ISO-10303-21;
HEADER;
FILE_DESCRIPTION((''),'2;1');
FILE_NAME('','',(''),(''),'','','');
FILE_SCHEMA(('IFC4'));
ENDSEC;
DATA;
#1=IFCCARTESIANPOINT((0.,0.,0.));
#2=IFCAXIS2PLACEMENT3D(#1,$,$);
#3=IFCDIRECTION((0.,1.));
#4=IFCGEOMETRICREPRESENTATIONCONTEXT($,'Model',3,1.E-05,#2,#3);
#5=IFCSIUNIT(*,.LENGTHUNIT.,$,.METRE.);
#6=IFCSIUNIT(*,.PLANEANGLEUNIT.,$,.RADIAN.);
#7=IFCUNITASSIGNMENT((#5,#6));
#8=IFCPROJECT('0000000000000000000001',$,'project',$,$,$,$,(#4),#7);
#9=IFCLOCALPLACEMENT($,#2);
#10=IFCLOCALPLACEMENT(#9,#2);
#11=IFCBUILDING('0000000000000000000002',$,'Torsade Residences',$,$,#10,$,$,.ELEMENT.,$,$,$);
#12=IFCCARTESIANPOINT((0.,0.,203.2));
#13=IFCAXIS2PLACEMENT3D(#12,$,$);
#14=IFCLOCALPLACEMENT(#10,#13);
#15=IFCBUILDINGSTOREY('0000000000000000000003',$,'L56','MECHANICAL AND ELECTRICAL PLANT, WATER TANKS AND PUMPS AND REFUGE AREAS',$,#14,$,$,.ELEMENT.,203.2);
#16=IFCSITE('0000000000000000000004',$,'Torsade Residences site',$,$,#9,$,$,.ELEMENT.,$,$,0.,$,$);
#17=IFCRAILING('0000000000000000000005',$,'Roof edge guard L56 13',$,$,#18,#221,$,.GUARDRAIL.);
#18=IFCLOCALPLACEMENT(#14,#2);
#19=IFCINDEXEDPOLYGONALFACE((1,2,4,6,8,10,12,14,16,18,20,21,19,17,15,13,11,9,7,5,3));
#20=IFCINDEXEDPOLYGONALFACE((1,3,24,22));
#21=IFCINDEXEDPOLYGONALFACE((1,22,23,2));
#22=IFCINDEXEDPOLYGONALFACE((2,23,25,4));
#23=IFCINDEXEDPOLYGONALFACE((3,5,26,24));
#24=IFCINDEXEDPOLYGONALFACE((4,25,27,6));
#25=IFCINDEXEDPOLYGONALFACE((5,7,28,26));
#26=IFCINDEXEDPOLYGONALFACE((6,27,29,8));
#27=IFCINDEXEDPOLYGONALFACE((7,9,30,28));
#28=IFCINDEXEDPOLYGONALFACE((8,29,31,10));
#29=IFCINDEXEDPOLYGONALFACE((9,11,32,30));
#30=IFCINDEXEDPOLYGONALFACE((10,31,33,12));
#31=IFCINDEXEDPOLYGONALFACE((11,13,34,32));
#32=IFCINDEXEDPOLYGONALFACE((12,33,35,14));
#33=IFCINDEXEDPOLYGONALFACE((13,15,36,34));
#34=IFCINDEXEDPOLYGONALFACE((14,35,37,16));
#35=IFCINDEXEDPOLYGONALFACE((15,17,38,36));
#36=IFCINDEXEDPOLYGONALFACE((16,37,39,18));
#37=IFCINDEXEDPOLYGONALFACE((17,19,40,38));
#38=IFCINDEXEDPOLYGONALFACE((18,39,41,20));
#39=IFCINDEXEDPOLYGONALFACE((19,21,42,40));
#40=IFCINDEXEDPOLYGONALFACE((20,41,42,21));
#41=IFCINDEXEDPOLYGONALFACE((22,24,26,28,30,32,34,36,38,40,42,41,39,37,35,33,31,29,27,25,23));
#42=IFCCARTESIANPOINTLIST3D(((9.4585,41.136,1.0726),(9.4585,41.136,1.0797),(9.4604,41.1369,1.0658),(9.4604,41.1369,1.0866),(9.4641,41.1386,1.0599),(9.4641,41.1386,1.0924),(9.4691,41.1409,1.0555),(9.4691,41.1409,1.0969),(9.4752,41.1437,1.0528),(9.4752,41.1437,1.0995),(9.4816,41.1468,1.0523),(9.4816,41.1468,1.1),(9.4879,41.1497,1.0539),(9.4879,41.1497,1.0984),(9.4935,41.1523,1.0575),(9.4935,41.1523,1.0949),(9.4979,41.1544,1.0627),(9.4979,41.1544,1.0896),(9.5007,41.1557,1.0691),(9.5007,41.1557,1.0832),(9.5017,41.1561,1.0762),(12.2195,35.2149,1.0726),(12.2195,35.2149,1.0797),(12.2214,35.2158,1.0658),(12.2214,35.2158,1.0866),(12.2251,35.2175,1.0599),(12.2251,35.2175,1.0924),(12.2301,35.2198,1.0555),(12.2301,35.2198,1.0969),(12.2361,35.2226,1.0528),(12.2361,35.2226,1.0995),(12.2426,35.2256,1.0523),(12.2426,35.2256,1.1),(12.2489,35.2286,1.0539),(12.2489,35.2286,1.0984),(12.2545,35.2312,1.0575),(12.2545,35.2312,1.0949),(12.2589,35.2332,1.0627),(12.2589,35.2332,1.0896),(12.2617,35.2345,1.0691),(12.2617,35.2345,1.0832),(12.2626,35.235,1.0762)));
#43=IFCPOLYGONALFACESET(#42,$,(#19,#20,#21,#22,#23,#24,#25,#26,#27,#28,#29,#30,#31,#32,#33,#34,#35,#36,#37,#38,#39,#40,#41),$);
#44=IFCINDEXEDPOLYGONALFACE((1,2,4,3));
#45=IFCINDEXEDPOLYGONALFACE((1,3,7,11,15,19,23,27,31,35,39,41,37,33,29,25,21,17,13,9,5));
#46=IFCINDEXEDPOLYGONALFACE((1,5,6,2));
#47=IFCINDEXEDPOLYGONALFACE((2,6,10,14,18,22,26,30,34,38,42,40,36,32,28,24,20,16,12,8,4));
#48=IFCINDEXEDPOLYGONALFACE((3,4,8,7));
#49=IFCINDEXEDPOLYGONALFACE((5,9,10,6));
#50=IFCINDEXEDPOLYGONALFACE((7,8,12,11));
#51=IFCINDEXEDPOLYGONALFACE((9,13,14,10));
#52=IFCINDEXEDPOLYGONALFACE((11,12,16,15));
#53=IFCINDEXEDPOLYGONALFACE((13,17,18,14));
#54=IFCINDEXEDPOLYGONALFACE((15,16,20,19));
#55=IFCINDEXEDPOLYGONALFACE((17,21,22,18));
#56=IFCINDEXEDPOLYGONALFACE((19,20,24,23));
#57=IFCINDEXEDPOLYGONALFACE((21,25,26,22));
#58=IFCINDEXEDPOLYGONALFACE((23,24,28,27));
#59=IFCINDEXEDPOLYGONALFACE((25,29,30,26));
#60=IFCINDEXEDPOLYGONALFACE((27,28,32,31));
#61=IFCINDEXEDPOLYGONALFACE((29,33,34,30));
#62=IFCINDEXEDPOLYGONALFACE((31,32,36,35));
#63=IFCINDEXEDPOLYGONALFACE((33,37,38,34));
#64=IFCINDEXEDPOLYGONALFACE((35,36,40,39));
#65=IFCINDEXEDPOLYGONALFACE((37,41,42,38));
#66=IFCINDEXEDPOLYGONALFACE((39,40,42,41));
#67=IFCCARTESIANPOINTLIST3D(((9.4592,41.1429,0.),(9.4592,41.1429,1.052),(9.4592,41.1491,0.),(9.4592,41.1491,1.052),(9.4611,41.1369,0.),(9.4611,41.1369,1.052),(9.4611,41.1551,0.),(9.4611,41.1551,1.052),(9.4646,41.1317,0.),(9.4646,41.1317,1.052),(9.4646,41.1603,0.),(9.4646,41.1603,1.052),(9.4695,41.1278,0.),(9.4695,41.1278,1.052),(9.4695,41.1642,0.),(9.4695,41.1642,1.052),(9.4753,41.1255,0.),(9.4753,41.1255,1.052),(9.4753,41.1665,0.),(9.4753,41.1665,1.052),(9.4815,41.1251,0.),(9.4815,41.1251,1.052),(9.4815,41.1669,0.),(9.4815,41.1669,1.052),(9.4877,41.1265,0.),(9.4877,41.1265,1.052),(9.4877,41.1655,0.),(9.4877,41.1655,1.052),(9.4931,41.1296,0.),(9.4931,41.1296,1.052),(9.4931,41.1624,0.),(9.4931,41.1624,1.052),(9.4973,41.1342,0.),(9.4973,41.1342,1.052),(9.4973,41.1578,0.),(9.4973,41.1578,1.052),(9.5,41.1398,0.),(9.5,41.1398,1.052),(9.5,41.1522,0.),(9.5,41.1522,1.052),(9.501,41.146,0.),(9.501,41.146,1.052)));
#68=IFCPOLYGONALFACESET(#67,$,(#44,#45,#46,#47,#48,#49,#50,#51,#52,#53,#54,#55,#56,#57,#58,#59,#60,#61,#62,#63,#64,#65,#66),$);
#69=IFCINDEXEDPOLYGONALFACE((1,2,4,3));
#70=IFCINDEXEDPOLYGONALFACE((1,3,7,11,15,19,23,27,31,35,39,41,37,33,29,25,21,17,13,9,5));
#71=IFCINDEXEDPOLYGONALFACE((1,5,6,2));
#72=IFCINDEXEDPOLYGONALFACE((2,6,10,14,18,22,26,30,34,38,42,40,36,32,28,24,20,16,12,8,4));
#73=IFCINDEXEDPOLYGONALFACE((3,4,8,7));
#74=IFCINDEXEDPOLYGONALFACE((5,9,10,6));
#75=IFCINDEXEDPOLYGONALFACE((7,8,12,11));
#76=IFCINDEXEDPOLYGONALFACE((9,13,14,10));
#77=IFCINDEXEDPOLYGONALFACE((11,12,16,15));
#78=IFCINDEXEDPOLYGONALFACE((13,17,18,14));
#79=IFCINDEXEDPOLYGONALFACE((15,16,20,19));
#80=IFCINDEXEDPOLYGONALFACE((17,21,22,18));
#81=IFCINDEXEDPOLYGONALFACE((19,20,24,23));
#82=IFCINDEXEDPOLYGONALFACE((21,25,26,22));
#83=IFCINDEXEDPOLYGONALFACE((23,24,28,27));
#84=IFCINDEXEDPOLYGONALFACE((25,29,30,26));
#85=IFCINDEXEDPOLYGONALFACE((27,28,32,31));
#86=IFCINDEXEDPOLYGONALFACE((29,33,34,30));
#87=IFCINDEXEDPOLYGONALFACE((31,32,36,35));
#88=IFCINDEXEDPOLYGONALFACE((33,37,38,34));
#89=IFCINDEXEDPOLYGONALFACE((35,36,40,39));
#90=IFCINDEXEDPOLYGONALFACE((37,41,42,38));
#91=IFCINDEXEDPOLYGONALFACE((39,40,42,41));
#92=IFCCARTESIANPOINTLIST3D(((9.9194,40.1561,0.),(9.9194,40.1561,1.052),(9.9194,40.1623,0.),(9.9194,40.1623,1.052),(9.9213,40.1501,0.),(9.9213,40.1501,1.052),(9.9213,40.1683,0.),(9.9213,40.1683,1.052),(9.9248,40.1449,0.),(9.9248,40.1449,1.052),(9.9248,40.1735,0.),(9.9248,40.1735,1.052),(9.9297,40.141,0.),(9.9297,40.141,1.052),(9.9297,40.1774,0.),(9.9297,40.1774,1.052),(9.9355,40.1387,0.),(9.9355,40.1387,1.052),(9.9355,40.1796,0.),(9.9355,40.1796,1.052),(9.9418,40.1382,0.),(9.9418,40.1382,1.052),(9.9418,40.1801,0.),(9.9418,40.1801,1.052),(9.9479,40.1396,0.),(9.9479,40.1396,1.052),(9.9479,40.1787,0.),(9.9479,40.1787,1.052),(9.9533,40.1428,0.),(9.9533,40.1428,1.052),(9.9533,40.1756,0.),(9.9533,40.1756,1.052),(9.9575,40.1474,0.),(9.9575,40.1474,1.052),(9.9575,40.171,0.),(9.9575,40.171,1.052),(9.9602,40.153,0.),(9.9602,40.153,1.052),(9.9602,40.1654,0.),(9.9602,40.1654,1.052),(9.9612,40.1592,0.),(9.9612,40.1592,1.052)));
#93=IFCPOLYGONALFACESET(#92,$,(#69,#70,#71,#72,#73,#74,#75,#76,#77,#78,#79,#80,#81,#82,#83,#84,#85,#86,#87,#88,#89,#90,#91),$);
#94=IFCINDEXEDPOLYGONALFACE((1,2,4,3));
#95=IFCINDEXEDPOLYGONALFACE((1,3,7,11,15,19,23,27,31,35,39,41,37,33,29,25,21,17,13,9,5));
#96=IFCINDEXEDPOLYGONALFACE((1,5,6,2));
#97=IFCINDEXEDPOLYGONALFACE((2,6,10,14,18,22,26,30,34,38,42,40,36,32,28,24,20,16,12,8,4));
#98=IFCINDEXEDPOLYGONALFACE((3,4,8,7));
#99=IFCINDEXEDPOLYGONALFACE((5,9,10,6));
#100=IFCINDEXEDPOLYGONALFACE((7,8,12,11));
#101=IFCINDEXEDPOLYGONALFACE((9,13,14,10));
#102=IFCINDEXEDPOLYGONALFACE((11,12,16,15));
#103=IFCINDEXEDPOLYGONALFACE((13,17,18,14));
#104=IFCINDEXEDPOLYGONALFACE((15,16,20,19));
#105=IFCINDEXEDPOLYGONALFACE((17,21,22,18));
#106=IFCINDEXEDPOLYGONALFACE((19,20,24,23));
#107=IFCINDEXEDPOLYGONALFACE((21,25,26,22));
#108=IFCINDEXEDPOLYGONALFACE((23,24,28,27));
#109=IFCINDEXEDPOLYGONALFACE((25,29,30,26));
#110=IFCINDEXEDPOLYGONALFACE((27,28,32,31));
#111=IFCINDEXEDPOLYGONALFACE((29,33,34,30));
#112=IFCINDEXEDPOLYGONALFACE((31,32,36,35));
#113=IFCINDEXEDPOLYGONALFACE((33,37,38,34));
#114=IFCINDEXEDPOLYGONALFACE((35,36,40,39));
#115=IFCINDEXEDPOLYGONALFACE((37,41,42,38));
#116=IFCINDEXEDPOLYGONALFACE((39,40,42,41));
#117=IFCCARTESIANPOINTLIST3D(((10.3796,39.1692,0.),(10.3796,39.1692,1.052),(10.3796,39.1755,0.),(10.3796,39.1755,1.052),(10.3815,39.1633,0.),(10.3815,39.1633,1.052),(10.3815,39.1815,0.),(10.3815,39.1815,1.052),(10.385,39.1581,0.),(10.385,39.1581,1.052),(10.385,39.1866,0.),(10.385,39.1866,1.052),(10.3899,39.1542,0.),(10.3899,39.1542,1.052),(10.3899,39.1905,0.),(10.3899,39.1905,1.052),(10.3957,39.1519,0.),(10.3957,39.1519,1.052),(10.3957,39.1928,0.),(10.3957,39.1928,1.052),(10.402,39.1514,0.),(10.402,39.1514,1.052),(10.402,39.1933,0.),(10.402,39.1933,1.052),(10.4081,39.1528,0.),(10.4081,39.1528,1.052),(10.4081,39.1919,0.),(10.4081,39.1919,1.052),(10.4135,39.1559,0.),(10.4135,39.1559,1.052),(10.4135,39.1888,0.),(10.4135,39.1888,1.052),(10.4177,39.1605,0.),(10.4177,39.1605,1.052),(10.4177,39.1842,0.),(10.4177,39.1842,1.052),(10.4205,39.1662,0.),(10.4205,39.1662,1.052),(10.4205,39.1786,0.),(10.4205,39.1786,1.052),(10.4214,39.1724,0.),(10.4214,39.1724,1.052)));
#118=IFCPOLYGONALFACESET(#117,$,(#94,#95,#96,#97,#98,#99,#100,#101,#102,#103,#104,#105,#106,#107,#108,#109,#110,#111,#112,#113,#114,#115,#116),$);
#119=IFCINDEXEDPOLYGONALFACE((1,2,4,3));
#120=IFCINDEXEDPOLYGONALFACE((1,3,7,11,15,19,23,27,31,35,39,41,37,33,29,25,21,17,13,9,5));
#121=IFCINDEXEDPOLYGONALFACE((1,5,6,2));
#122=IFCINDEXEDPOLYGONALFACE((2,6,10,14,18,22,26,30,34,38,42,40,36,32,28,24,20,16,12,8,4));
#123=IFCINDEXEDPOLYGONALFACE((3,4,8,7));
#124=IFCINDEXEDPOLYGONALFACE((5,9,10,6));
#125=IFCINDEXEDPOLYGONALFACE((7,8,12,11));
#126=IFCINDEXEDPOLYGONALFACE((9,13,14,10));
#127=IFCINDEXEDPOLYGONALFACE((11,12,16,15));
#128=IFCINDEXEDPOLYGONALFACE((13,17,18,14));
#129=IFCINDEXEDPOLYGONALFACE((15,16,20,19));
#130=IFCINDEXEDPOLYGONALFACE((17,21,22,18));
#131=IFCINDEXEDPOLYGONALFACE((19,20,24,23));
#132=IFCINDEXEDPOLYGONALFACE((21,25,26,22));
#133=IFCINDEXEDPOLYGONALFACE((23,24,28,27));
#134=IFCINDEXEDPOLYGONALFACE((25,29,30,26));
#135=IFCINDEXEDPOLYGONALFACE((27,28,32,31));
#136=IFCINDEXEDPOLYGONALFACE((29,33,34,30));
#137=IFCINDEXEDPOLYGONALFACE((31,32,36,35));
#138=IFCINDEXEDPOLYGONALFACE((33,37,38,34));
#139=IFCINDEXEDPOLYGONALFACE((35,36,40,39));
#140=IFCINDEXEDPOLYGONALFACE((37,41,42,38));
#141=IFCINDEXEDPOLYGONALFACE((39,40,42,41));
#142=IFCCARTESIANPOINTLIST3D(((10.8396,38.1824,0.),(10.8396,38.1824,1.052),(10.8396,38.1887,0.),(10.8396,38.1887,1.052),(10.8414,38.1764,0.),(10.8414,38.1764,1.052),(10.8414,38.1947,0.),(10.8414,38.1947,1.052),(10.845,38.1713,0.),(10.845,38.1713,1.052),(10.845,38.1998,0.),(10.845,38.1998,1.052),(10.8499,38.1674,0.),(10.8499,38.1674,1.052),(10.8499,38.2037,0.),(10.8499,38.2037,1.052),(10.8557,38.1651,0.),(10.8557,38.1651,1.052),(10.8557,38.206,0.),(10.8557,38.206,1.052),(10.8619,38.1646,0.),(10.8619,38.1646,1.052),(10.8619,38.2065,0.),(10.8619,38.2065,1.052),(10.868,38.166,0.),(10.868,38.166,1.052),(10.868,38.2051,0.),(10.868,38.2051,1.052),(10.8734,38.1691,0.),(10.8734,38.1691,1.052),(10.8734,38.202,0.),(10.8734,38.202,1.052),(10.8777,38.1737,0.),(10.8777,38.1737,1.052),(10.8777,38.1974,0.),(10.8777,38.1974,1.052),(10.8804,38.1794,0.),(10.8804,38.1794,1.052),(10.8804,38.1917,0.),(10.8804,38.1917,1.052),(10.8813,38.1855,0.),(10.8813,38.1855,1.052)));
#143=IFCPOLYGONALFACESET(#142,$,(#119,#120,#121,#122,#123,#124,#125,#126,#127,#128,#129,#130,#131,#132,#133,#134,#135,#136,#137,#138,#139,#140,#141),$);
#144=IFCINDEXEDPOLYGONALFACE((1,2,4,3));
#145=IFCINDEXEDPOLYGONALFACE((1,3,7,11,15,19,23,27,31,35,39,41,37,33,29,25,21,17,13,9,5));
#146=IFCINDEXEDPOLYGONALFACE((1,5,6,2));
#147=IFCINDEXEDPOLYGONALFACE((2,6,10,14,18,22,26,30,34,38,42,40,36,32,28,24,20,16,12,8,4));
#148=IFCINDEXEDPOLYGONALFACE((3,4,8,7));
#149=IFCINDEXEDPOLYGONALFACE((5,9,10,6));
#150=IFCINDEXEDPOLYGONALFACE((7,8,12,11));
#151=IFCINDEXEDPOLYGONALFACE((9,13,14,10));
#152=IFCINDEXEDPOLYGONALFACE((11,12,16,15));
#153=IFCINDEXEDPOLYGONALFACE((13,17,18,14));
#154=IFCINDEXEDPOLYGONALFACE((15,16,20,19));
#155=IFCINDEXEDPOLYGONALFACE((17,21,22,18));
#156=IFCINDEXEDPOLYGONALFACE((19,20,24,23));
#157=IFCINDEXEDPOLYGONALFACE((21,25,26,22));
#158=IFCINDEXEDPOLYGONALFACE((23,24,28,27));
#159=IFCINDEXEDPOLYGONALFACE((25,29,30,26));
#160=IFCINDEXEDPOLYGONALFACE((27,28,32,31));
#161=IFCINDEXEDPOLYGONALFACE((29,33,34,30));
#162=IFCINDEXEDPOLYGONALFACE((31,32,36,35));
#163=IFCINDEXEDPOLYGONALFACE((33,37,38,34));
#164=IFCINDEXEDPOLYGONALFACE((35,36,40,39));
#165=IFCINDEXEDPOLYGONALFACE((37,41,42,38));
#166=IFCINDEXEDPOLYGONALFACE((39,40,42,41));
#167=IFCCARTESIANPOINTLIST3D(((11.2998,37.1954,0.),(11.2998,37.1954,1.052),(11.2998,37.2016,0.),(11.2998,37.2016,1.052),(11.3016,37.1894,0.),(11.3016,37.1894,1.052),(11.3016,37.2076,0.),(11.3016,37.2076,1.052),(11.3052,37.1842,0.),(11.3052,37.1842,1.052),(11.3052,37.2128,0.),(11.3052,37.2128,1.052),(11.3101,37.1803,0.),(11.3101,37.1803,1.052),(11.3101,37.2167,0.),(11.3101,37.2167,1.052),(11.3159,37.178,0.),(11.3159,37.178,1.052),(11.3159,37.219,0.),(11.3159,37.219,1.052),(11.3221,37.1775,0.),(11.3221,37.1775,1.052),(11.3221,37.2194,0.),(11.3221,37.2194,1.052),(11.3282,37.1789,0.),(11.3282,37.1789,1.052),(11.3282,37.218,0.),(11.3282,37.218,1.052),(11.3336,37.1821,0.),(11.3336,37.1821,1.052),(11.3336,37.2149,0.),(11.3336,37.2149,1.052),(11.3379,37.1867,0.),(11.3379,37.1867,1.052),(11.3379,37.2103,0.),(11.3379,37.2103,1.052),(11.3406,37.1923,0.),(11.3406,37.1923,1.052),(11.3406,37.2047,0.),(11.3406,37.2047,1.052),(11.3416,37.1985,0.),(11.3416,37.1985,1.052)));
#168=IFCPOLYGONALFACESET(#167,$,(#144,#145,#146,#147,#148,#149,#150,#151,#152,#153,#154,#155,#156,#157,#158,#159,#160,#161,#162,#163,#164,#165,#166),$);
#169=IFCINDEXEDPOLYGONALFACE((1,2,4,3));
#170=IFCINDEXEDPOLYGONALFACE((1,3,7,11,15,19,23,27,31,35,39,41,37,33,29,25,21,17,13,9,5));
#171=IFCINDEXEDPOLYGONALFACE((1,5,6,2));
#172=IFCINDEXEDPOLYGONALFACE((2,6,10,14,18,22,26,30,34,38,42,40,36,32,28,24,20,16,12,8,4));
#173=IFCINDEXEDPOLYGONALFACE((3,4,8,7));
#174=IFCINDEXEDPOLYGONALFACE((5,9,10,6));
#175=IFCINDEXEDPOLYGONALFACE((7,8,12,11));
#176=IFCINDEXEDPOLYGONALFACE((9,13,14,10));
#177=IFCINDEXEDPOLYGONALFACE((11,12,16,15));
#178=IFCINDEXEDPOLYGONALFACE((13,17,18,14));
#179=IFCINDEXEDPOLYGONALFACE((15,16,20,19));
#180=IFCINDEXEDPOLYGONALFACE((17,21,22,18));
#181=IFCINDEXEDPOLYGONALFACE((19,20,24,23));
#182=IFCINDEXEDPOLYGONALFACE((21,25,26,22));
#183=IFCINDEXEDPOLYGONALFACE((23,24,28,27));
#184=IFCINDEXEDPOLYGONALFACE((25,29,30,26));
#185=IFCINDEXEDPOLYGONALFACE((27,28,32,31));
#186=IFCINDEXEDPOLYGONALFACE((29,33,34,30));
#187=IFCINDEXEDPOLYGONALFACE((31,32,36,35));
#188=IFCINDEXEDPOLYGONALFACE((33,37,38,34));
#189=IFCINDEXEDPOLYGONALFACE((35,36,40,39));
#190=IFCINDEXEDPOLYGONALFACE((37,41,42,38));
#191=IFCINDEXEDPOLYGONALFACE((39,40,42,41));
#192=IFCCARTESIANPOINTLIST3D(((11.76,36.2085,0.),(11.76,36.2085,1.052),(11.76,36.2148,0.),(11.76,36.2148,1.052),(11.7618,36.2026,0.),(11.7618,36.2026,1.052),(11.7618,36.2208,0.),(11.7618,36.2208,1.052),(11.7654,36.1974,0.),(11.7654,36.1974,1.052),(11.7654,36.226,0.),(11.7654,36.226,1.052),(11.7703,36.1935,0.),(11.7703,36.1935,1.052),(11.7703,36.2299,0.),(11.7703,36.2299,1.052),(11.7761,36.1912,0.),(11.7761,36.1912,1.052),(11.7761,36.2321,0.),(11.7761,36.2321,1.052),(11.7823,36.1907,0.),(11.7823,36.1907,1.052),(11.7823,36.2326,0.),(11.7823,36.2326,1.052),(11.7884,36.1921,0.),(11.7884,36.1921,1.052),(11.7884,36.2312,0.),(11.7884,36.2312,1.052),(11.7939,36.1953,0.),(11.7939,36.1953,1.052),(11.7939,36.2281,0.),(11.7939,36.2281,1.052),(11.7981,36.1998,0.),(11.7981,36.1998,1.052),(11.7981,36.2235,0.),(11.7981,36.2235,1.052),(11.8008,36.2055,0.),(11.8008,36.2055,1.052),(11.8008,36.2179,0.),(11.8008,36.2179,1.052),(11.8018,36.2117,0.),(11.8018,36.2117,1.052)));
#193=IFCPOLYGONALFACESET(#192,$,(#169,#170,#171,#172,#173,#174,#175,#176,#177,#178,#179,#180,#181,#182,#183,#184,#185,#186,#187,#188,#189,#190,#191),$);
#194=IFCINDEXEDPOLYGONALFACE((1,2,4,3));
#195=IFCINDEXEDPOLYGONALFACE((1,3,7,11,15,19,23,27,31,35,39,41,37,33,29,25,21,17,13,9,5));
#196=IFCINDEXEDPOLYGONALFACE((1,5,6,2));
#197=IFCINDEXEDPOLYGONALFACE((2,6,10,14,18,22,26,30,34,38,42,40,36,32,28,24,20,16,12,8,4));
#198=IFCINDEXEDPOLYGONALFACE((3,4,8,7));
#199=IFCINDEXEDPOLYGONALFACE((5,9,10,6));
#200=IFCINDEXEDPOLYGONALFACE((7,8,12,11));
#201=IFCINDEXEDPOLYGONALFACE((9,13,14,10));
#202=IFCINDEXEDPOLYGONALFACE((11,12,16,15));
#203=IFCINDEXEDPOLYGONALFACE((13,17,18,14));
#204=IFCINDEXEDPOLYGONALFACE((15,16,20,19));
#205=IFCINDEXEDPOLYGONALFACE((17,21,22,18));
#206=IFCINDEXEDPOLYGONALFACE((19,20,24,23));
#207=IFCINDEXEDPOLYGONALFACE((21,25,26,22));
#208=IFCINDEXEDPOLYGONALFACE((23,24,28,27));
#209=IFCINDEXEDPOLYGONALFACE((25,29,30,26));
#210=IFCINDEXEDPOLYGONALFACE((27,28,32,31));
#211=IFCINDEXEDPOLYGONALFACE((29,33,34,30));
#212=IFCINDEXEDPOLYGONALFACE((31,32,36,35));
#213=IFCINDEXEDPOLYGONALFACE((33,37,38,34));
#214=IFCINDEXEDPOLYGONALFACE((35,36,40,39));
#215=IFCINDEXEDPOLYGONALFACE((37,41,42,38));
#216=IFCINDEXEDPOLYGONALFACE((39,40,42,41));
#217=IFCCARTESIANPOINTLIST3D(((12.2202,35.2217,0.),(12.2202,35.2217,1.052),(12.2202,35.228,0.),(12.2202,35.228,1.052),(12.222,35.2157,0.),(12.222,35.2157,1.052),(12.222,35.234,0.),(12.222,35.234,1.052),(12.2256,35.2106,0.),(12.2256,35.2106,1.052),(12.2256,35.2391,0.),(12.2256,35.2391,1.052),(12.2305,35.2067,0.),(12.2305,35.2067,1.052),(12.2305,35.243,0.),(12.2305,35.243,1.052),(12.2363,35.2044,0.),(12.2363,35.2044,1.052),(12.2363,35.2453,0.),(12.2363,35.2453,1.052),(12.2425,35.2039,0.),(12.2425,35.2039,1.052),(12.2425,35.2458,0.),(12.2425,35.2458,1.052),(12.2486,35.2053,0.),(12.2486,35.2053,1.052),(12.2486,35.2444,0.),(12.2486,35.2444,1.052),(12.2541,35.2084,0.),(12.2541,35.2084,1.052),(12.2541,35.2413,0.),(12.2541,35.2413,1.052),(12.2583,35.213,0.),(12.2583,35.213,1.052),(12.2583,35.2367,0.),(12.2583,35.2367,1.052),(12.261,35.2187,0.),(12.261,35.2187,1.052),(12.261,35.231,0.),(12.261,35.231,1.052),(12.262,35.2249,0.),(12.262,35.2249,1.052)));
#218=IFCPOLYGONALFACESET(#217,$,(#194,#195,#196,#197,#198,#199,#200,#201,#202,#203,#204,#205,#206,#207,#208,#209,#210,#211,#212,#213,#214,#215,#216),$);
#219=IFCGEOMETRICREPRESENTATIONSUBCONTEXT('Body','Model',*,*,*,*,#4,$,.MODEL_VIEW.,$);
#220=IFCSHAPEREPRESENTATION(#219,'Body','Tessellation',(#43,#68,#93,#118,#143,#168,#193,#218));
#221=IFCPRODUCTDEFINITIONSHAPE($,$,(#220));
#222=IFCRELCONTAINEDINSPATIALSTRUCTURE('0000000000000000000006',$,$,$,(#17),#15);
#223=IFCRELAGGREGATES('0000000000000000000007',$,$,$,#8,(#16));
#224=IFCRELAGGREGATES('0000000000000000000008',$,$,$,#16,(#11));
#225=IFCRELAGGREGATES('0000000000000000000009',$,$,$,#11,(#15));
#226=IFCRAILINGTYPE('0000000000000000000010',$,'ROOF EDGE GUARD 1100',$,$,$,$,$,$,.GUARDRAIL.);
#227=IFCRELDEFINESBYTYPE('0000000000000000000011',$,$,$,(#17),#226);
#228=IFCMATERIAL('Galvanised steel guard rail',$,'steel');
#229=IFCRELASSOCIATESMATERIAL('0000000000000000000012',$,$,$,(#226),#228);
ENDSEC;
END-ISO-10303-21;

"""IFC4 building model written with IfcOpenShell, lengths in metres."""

from ifc_helpers import new_model, si_unit, direction, frame, origin, origin_2d, place, context, subcontext, project, spatial, circle, extrude, material, type_object, element, save


model = new_model("IFC4")

# Units and contexts
model_context = context("Model", 3, precision=1e-05, world=origin(), true_north=direction((0.0, 1.0)))
body_context = subcontext(model_context, "Body", "Model", "MODEL_VIEW")
ifc_project = project(units=[si_unit("LENGTHUNIT", "METRE"), si_unit("PLANEANGLEUNIT", "RADIAN")], contexts=[model_context])

# Site, building, storey
site_placement = place(None, origin())
site = spatial("IfcSite", under=ifc_project, at=site_placement, Name="Torsade Residences site", CompositionType="ELEMENT", RefElevation=0.0)
building_placement = place(site_placement, origin())
building = spatial("IfcBuilding", under=site, at=building_placement, Name="Torsade Residences", CompositionType="ELEMENT")
storey_placement = place(building_placement, frame((0.0, 0.0, 203.2)))
storey = spatial("IfcBuildingStorey", under=building, at=storey_placement, Name="L56", Description="MECHANICAL AND ELECTRICAL PLANT, WATER TANKS AND PUMPS AND REFUGE AREAS", CompositionType="ELEMENT", Elevation=203.2)

# Railing
ifc_material_1 = material(Name="Galvanised steel guard rail", Category="steel")
railing_type = type_object("IfcRailingType", Name="ROOF EDGE GUARD 1100", PredefinedType="GUARDRAIL", material=ifc_material_1)
railing_1_placement = place(storey_placement, frame((9.48, 41.146, 0.0)))
element("IfcRailing", 1, at=railing_1_placement, inside=storey, type_object=railing_type, Name="Roof edge guard L56 13", PredefinedType="GUARDRAIL", context=body_context, shape_type="SweptSolid", body=[
    extrude(circle(Radius=0.0239, at=origin_2d()), frame((0.0, 0.0, 1.0762), z_axis=(0.422607, -0.906313, 0.0), x_axis=(0.906313, 0.422607, 0.0)), (0.0, 0.0, 1.0), 6.5332),
    extrude(circle(Radius=0.021, at=origin_2d()), origin(), (0.0, 0.0, 1.0), 1.052),
    extrude(circle(Radius=0.021, at=origin_2d()), frame((0.4602, -0.9868, 0.0)), (0.0, 0.0, 1.0), 1.052),
    extrude(circle(Radius=0.021, at=origin_2d()), frame((0.9204, -1.9736, 0.0)), (0.0, 0.0, 1.0), 1.052),
    extrude(circle(Radius=0.021, at=origin_2d()), frame((1.3804, -2.9604, 0.0)), (0.0, 0.0, 1.0), 1.052),
    extrude(circle(Radius=0.021, at=origin_2d()), frame((1.8406, -3.9475, 0.0)), (0.0, 0.0, 1.0), 1.052),
    extrude(circle(Radius=0.021, at=origin_2d()), frame((2.3008, -4.9343, 0.0)), (0.0, 0.0, 1.0), 1.052),
    extrude(circle(Radius=0.021, at=origin_2d()), frame((2.761, -5.9211, 0.0)), (0.0, 0.0, 1.0), 1.052),
])

save(model, "model.ifc")
